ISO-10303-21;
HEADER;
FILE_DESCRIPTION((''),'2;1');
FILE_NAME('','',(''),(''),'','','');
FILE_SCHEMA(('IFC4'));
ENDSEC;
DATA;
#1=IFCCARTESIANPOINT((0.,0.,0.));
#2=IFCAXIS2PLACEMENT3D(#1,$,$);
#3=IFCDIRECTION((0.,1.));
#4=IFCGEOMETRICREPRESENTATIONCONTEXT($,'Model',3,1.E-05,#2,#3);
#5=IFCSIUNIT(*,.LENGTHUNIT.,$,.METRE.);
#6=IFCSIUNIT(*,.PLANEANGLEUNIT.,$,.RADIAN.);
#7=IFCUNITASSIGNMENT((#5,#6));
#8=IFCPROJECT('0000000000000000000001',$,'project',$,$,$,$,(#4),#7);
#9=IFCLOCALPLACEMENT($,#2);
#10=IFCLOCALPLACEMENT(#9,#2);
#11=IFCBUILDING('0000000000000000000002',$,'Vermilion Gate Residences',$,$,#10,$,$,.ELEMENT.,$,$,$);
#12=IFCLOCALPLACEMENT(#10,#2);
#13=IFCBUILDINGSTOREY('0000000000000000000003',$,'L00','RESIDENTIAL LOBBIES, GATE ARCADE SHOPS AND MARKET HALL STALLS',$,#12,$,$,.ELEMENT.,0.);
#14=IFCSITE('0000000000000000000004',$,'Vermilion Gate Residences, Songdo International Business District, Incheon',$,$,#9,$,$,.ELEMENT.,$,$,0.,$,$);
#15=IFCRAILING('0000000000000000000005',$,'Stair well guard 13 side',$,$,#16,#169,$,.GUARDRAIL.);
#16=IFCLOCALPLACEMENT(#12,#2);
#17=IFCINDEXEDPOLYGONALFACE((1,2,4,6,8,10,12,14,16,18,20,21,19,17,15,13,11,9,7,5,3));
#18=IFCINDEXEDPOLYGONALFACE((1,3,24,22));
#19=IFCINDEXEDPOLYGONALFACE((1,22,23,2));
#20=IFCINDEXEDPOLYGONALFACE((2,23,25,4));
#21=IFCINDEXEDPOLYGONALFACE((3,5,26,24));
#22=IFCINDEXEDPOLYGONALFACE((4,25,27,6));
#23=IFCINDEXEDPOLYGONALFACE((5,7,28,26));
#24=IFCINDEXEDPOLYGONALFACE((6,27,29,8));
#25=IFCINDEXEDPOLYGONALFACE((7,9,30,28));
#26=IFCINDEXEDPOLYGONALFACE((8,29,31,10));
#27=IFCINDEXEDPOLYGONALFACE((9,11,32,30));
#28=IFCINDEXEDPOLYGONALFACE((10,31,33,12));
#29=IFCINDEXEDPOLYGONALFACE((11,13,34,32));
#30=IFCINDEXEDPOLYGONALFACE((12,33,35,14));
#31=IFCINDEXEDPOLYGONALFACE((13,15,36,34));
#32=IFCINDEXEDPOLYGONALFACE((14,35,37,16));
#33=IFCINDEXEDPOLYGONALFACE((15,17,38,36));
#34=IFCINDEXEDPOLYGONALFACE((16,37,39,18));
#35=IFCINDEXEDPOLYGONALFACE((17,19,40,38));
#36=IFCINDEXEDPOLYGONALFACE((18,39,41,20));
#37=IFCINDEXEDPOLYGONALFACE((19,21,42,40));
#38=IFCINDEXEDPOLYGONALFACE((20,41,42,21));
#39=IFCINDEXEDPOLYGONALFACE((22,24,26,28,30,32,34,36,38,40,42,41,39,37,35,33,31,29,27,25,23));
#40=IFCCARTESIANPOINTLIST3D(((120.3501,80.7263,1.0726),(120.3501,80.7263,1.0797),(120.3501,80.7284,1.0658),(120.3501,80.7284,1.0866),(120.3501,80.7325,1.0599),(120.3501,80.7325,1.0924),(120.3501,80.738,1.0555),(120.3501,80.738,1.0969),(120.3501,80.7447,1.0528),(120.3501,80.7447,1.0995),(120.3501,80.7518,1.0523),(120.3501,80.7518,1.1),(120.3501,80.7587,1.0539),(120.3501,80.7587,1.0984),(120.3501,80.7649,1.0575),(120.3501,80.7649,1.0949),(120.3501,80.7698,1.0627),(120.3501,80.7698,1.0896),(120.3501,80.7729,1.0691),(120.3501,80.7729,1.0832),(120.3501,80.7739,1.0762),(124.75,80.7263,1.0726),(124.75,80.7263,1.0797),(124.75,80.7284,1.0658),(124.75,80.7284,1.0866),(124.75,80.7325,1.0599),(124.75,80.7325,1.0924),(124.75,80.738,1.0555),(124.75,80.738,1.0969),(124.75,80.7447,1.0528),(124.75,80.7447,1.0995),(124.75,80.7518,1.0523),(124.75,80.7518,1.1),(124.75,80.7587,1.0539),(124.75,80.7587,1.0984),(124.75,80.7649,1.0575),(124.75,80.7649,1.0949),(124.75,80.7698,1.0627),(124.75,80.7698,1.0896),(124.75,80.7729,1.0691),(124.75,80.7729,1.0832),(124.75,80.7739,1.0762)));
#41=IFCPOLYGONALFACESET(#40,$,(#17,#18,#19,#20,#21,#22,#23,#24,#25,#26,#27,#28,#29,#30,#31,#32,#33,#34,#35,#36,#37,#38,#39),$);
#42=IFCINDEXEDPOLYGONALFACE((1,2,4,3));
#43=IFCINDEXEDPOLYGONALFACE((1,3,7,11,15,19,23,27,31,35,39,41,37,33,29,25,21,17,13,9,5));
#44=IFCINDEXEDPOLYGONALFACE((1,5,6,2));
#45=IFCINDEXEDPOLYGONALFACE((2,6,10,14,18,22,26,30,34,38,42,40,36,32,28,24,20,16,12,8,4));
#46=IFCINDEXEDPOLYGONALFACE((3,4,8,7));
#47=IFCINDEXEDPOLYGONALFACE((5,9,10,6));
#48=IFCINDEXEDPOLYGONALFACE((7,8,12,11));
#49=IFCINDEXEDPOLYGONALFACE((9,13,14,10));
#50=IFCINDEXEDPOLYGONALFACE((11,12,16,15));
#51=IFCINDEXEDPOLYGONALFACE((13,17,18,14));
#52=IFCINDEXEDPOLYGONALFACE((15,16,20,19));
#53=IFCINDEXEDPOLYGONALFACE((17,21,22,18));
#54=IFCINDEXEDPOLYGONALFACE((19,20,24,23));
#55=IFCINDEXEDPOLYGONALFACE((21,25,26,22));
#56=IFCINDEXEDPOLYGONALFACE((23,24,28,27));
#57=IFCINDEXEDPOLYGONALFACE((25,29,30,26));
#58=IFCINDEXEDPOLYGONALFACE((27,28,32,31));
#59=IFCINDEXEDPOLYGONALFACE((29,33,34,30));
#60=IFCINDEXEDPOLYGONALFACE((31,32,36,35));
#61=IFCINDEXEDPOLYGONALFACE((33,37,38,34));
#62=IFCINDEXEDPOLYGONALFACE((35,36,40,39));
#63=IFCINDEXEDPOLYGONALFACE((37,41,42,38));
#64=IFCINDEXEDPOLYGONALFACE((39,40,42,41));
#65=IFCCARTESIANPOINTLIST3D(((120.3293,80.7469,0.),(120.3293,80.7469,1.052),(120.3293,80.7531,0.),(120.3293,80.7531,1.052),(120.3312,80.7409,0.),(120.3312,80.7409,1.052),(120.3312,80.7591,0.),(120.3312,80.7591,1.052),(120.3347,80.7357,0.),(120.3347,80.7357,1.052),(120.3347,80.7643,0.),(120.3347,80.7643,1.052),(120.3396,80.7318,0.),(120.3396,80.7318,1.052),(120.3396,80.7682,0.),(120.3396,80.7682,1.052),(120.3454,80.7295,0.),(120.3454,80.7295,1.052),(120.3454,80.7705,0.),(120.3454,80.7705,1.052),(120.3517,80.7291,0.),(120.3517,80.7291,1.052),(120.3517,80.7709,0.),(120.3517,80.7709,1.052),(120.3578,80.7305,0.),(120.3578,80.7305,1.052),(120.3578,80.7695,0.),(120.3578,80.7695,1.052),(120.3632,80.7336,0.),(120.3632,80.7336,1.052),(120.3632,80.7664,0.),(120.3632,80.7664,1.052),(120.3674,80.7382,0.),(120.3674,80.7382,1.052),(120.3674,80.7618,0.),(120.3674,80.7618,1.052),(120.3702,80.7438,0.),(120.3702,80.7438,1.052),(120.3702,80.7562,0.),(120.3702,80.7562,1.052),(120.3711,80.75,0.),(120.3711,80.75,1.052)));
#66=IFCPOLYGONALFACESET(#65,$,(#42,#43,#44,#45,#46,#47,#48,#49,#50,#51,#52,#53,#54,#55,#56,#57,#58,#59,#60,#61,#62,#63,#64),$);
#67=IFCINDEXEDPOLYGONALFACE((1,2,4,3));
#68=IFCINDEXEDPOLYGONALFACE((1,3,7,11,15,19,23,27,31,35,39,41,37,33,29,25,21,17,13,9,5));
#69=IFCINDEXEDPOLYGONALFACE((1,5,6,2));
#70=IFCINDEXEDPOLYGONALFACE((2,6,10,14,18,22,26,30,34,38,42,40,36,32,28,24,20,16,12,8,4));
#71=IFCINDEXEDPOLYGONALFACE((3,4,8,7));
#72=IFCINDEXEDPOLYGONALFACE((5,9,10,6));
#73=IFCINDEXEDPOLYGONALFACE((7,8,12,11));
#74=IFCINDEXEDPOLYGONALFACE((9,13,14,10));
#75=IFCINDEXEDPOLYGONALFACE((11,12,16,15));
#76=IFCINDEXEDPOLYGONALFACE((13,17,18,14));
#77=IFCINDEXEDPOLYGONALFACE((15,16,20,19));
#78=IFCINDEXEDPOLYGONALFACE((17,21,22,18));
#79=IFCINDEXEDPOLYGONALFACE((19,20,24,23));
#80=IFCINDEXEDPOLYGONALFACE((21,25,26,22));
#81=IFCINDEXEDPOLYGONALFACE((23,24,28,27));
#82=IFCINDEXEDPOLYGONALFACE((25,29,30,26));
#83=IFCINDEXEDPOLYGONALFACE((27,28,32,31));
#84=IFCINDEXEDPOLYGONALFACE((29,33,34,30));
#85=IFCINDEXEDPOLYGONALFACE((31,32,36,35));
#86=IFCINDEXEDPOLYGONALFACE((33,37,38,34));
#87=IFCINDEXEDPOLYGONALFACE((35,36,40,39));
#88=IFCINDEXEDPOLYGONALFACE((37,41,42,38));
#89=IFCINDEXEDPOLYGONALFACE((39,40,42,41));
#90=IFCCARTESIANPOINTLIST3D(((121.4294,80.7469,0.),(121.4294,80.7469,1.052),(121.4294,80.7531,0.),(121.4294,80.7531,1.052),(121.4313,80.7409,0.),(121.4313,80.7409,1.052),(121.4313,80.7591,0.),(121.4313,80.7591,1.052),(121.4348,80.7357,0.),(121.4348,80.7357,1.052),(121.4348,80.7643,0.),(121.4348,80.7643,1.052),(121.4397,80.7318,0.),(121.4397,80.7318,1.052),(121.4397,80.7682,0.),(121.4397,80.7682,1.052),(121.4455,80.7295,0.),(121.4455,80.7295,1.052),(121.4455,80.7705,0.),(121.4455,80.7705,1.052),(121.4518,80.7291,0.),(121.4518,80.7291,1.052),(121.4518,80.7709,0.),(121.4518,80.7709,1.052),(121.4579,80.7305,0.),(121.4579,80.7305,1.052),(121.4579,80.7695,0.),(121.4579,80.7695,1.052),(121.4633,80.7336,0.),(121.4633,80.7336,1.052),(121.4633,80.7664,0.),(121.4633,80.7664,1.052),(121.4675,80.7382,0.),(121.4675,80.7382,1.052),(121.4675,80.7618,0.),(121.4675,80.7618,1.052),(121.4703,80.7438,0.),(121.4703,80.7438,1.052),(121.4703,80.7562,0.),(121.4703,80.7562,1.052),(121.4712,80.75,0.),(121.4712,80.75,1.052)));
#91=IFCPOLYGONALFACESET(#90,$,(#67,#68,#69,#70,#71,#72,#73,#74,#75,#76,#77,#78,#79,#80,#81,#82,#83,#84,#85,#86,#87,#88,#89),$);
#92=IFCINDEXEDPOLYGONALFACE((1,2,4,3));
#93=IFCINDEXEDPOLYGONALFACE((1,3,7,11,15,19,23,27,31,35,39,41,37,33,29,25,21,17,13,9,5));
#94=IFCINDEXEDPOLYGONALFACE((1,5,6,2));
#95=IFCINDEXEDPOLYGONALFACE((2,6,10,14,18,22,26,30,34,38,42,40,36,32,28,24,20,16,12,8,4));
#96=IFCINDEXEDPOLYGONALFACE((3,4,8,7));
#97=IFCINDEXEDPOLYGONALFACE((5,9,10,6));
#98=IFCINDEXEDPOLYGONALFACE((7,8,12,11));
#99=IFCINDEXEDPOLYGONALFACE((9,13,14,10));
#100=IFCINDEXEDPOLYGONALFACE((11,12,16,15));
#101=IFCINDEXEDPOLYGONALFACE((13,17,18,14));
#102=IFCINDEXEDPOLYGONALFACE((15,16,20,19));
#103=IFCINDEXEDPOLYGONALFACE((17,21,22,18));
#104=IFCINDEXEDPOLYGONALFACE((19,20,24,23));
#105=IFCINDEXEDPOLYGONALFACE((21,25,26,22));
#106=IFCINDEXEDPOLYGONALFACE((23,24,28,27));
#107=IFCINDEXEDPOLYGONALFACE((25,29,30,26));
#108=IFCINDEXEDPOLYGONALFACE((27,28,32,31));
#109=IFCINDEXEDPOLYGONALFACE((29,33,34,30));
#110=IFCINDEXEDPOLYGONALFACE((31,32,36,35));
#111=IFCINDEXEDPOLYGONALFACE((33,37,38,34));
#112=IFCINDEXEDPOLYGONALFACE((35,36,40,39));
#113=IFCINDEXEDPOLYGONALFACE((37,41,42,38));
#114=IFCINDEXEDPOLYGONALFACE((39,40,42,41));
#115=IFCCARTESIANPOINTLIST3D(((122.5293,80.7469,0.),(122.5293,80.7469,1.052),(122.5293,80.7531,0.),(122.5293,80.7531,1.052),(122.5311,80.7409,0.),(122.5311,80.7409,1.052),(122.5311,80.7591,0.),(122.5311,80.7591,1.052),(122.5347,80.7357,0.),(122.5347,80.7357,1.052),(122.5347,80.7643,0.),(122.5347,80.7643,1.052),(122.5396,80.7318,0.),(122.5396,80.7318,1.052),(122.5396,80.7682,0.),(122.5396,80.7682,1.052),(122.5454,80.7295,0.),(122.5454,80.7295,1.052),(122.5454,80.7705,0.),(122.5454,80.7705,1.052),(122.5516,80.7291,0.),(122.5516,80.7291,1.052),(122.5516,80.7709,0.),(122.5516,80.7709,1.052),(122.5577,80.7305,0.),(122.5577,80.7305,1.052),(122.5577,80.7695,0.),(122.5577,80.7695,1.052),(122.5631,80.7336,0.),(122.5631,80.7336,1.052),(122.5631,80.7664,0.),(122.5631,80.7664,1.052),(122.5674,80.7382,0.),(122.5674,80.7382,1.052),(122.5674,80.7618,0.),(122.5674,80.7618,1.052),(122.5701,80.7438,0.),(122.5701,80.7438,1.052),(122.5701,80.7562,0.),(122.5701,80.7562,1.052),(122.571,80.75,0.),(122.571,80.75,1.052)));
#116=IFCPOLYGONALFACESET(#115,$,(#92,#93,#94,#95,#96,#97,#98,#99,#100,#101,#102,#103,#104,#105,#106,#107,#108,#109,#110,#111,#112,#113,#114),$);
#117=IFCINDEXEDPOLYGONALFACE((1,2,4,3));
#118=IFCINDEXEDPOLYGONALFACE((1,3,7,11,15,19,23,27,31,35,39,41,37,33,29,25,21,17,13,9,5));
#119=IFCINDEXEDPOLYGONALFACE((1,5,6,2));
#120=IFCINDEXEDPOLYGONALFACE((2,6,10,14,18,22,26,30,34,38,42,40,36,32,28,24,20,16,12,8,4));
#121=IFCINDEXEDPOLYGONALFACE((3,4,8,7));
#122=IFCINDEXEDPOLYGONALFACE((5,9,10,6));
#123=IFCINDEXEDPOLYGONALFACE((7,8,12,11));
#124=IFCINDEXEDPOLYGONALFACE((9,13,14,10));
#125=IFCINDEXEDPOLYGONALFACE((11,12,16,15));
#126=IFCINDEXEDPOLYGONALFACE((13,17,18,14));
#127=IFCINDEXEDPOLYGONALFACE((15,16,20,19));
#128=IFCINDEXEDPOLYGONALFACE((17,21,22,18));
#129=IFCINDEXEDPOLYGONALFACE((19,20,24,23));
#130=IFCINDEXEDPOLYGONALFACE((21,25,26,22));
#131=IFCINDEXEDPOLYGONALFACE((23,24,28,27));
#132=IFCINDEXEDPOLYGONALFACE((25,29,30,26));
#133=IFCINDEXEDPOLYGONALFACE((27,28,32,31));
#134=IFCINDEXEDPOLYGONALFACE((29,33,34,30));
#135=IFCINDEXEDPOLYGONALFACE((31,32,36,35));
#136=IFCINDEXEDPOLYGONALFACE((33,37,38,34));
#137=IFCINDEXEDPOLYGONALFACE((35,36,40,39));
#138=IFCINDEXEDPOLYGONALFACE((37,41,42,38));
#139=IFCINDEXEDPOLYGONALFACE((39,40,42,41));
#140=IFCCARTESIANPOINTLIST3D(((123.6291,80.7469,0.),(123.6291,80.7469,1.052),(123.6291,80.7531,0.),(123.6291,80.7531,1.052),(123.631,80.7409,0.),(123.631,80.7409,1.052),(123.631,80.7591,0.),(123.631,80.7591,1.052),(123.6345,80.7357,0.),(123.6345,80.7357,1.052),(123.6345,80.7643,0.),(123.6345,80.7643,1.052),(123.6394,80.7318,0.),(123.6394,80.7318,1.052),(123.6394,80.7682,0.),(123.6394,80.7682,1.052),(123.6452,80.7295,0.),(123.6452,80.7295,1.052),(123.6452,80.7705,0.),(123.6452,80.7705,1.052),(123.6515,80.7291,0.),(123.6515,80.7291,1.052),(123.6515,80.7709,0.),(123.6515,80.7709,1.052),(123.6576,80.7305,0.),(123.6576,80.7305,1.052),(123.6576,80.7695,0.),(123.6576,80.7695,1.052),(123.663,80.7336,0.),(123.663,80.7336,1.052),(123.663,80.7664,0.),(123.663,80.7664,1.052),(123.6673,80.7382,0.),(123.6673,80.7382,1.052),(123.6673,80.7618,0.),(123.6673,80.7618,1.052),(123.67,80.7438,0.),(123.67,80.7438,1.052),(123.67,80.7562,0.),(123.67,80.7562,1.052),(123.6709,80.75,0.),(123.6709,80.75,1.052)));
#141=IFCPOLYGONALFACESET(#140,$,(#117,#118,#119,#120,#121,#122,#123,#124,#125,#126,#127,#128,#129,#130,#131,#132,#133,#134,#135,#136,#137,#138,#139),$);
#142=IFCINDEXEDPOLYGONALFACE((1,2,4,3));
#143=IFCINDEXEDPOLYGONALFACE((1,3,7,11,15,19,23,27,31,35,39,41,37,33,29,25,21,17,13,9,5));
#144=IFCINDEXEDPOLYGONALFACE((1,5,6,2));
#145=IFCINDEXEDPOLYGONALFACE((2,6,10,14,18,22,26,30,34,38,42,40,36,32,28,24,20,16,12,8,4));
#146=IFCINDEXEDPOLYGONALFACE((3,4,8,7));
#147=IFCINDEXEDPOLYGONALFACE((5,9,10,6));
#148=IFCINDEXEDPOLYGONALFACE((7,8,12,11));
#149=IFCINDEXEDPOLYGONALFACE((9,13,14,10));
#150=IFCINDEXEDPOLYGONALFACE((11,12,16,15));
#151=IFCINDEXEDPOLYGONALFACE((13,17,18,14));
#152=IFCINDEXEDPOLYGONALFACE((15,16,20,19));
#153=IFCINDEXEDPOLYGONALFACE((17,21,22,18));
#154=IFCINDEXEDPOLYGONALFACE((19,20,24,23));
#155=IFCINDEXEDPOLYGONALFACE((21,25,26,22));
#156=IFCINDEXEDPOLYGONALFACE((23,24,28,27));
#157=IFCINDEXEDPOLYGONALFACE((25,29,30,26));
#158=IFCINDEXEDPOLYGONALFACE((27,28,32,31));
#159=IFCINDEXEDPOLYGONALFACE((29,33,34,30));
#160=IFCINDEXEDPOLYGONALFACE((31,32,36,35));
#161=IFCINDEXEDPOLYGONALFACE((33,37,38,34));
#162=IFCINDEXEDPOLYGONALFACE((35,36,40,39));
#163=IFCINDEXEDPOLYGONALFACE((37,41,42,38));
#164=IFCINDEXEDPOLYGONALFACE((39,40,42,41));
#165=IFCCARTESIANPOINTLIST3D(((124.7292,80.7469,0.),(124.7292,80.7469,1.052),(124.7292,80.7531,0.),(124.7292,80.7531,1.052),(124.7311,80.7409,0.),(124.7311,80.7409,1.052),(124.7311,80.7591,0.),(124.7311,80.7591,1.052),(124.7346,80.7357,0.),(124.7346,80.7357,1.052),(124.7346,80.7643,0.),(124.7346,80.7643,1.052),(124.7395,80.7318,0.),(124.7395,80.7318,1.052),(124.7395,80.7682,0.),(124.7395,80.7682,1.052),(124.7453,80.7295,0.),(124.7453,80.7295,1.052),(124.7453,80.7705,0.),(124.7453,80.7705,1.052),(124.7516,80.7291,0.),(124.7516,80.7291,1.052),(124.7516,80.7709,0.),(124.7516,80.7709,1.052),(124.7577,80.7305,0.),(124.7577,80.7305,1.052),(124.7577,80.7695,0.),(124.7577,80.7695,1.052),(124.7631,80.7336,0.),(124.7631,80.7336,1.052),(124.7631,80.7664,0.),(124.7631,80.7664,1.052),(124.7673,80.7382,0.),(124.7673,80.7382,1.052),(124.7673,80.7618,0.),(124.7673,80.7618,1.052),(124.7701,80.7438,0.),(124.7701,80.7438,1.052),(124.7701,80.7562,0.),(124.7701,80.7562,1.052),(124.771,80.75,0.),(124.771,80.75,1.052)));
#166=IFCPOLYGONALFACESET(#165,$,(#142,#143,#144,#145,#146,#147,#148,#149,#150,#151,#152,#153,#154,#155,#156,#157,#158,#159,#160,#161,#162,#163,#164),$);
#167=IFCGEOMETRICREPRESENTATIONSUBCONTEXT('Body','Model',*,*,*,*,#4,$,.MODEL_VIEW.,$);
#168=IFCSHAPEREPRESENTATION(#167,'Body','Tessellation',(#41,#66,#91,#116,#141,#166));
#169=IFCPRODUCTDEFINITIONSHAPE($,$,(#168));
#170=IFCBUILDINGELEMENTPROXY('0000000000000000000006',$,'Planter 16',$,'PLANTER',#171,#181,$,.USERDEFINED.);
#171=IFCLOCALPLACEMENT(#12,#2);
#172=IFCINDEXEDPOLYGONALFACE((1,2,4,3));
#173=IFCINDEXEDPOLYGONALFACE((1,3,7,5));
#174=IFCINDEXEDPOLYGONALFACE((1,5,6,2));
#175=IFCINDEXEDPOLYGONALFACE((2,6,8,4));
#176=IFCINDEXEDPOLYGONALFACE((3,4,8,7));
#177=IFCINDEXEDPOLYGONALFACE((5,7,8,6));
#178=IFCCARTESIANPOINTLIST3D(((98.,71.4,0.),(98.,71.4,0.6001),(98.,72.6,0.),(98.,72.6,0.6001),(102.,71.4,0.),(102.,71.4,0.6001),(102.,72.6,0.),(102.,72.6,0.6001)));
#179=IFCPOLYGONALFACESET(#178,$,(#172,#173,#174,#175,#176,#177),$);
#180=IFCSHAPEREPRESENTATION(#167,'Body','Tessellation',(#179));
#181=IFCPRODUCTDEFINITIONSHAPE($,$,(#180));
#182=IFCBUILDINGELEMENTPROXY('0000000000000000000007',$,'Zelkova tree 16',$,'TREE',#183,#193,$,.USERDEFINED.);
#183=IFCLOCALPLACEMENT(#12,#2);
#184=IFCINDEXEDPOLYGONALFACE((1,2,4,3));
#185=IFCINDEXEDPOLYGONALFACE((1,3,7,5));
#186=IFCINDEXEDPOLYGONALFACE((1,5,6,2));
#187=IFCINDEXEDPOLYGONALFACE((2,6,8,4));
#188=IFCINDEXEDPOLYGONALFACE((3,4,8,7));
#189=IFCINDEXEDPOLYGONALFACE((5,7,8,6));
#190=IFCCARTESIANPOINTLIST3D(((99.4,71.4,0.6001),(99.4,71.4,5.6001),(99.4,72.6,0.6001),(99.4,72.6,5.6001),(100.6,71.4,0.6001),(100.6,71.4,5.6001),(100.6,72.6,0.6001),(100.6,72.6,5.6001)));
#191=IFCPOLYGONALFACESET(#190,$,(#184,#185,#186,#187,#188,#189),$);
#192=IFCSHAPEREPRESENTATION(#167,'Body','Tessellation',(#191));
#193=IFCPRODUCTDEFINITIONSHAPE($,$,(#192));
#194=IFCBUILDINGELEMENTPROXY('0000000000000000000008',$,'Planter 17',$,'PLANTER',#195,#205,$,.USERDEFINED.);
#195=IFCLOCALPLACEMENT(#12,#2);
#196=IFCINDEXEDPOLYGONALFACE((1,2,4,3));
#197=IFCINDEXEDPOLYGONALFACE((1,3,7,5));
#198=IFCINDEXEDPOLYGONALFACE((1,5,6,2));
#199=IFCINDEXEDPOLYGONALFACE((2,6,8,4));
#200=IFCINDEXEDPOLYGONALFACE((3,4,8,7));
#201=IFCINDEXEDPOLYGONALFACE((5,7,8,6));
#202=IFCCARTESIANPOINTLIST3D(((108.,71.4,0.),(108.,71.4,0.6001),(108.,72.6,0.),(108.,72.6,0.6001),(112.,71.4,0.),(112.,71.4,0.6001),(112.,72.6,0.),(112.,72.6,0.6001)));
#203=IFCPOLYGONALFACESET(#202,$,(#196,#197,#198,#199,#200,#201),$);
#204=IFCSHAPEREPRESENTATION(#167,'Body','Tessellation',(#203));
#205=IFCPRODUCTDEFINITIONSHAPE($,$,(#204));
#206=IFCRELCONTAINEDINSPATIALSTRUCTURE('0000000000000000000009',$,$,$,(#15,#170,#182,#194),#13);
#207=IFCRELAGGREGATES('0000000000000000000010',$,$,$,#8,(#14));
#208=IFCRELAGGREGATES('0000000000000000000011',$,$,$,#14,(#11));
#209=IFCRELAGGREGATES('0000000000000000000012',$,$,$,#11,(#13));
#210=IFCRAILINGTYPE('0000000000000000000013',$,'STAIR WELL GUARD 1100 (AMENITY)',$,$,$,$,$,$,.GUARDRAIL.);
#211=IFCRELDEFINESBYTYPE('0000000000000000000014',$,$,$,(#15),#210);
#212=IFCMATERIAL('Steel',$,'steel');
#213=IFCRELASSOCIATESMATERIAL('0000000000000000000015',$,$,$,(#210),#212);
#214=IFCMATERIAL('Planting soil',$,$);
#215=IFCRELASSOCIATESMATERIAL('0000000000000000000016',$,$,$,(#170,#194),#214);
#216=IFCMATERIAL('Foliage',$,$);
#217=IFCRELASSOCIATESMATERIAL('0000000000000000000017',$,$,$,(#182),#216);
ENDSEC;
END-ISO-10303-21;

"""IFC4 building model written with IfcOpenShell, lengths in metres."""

from ifc_helpers import new_model, si_unit, direction, frame, origin, origin_2d, place, context, subcontext, project, spatial, rectangle, circle, extrude, material, type_object, element, save


model = new_model("IFC4")

# Units and contexts
model_context = context("Model", 3, precision=1e-05, world=origin(), true_north=direction((0.0, 1.0)))
body_context = subcontext(model_context, "Body", "Model", "MODEL_VIEW")
ifc_project = project(units=[si_unit("LENGTHUNIT", "METRE"), si_unit("PLANEANGLEUNIT", "RADIAN")], contexts=[model_context])

# Site, building, storey
site_placement = place(None, origin())
site = spatial("IfcSite", under=ifc_project, at=site_placement, Name="Vermilion Gate Residences, Songdo International Business District, Incheon", CompositionType="ELEMENT", RefElevation=0.0)
building_placement = place(site_placement, origin())
building = spatial("IfcBuilding", under=site, at=building_placement, Name="Vermilion Gate Residences", CompositionType="ELEMENT")
storey_placement = place(building_placement, origin())
storey = spatial("IfcBuildingStorey", under=building, at=storey_placement, Name="L00", Description="RESIDENTIAL LOBBIES, GATE ARCADE SHOPS AND MARKET HALL STALLS", CompositionType="ELEMENT", Elevation=0.0)

# Railing
ifc_material_1 = material(Name="Steel", Category="steel")
railing_type = type_object("IfcRailingType", Name="STAIR WELL GUARD 1100 (AMENITY)", PredefinedType="GUARDRAIL", material=ifc_material_1)
railing_1_placement = place(storey_placement, frame((120.3501, 80.75, 0.0)))
element("IfcRailing", 1, at=railing_1_placement, inside=storey, type_object=railing_type, Name="Stair well guard 13 side", PredefinedType="GUARDRAIL", context=body_context, shape_type="SweptSolid", body=[
    extrude(circle(Radius=0.0239, at=origin_2d()), frame((0.0, 0.0, 1.0762), z_axis=(1.0, 0.0, 0.0), x_axis=(0.0, 1.0, 0.0)), (0.0, 0.0, 1.0), 4.3999),
    extrude(circle(Radius=0.021, at=origin_2d()), origin(), (0.0, 0.0, 1.0), 1.052),
    extrude(circle(Radius=0.021, at=origin_2d()), frame((1.1001, 0.0, 0.0)), (0.0, 0.0, 1.0), 1.052),
    extrude(circle(Radius=0.021, at=origin_2d()), frame((2.2, 0.0, 0.0)), (0.0, 0.0, 1.0), 1.052),
    extrude(circle(Radius=0.021, at=origin_2d()), frame((3.2998, 0.0, 0.0)), (0.0, 0.0, 1.0), 1.052),
    extrude(circle(Radius=0.021, at=origin_2d()), frame((4.3999, 0.0, 0.0)), (0.0, 0.0, 1.0), 1.052),
])

# Building element proxies
ifc_material_2 = material(Name="Planting soil")
proxy_1_placement = place(storey_placement, frame((100.0, 72.0, 0.0), z_axis=(0.0, 0.0, 1.0), x_axis=(1.0, 0.0, 0.0)))
element("IfcBuildingElementProxy", 2, at=proxy_1_placement, inside=storey, material=ifc_material_2, Name="Planter 16", ObjectType="PLANTER", PredefinedType="USERDEFINED", context=body_context, shape_type="SweptSolid", body=[
    extrude(rectangle(XDim=4.0, YDim=1.2, at=origin_2d()), origin(), (0.0, 0.0, 1.0), 0.6001),
])
ifc_material_3 = material(Name="Foliage")
proxy_2_placement = place(storey_placement, frame((100.0, 72.0, 0.6001), z_axis=(0.0, 0.0, 1.0), x_axis=(1.0, 0.0, 0.0)))
element("IfcBuildingElementProxy", 3, at=proxy_2_placement, inside=storey, material=ifc_material_3, Name="Zelkova tree 16", ObjectType="TREE", PredefinedType="USERDEFINED", context=body_context, shape_type="SweptSolid", body=[
    extrude(rectangle(XDim=1.2, YDim=1.2, at=origin_2d()), origin(), (0.0, 0.0, 1.0), 5.0),
])
proxy_3_placement = place(storey_placement, frame((110.0, 72.0, 0.0), z_axis=(0.0, 0.0, 1.0), x_axis=(1.0, 0.0, 0.0)))
element("IfcBuildingElementProxy", 4, at=proxy_3_placement, inside=storey, material=ifc_material_2, Name="Planter 17", ObjectType="PLANTER", PredefinedType="USERDEFINED", context=body_context, shape_type="SweptSolid", body=[
    extrude(rectangle(XDim=4.0, YDim=1.2, at=origin_2d()), origin(), (0.0, 0.0, 1.0), 0.6001),
])

save(model, "model.ifc")
